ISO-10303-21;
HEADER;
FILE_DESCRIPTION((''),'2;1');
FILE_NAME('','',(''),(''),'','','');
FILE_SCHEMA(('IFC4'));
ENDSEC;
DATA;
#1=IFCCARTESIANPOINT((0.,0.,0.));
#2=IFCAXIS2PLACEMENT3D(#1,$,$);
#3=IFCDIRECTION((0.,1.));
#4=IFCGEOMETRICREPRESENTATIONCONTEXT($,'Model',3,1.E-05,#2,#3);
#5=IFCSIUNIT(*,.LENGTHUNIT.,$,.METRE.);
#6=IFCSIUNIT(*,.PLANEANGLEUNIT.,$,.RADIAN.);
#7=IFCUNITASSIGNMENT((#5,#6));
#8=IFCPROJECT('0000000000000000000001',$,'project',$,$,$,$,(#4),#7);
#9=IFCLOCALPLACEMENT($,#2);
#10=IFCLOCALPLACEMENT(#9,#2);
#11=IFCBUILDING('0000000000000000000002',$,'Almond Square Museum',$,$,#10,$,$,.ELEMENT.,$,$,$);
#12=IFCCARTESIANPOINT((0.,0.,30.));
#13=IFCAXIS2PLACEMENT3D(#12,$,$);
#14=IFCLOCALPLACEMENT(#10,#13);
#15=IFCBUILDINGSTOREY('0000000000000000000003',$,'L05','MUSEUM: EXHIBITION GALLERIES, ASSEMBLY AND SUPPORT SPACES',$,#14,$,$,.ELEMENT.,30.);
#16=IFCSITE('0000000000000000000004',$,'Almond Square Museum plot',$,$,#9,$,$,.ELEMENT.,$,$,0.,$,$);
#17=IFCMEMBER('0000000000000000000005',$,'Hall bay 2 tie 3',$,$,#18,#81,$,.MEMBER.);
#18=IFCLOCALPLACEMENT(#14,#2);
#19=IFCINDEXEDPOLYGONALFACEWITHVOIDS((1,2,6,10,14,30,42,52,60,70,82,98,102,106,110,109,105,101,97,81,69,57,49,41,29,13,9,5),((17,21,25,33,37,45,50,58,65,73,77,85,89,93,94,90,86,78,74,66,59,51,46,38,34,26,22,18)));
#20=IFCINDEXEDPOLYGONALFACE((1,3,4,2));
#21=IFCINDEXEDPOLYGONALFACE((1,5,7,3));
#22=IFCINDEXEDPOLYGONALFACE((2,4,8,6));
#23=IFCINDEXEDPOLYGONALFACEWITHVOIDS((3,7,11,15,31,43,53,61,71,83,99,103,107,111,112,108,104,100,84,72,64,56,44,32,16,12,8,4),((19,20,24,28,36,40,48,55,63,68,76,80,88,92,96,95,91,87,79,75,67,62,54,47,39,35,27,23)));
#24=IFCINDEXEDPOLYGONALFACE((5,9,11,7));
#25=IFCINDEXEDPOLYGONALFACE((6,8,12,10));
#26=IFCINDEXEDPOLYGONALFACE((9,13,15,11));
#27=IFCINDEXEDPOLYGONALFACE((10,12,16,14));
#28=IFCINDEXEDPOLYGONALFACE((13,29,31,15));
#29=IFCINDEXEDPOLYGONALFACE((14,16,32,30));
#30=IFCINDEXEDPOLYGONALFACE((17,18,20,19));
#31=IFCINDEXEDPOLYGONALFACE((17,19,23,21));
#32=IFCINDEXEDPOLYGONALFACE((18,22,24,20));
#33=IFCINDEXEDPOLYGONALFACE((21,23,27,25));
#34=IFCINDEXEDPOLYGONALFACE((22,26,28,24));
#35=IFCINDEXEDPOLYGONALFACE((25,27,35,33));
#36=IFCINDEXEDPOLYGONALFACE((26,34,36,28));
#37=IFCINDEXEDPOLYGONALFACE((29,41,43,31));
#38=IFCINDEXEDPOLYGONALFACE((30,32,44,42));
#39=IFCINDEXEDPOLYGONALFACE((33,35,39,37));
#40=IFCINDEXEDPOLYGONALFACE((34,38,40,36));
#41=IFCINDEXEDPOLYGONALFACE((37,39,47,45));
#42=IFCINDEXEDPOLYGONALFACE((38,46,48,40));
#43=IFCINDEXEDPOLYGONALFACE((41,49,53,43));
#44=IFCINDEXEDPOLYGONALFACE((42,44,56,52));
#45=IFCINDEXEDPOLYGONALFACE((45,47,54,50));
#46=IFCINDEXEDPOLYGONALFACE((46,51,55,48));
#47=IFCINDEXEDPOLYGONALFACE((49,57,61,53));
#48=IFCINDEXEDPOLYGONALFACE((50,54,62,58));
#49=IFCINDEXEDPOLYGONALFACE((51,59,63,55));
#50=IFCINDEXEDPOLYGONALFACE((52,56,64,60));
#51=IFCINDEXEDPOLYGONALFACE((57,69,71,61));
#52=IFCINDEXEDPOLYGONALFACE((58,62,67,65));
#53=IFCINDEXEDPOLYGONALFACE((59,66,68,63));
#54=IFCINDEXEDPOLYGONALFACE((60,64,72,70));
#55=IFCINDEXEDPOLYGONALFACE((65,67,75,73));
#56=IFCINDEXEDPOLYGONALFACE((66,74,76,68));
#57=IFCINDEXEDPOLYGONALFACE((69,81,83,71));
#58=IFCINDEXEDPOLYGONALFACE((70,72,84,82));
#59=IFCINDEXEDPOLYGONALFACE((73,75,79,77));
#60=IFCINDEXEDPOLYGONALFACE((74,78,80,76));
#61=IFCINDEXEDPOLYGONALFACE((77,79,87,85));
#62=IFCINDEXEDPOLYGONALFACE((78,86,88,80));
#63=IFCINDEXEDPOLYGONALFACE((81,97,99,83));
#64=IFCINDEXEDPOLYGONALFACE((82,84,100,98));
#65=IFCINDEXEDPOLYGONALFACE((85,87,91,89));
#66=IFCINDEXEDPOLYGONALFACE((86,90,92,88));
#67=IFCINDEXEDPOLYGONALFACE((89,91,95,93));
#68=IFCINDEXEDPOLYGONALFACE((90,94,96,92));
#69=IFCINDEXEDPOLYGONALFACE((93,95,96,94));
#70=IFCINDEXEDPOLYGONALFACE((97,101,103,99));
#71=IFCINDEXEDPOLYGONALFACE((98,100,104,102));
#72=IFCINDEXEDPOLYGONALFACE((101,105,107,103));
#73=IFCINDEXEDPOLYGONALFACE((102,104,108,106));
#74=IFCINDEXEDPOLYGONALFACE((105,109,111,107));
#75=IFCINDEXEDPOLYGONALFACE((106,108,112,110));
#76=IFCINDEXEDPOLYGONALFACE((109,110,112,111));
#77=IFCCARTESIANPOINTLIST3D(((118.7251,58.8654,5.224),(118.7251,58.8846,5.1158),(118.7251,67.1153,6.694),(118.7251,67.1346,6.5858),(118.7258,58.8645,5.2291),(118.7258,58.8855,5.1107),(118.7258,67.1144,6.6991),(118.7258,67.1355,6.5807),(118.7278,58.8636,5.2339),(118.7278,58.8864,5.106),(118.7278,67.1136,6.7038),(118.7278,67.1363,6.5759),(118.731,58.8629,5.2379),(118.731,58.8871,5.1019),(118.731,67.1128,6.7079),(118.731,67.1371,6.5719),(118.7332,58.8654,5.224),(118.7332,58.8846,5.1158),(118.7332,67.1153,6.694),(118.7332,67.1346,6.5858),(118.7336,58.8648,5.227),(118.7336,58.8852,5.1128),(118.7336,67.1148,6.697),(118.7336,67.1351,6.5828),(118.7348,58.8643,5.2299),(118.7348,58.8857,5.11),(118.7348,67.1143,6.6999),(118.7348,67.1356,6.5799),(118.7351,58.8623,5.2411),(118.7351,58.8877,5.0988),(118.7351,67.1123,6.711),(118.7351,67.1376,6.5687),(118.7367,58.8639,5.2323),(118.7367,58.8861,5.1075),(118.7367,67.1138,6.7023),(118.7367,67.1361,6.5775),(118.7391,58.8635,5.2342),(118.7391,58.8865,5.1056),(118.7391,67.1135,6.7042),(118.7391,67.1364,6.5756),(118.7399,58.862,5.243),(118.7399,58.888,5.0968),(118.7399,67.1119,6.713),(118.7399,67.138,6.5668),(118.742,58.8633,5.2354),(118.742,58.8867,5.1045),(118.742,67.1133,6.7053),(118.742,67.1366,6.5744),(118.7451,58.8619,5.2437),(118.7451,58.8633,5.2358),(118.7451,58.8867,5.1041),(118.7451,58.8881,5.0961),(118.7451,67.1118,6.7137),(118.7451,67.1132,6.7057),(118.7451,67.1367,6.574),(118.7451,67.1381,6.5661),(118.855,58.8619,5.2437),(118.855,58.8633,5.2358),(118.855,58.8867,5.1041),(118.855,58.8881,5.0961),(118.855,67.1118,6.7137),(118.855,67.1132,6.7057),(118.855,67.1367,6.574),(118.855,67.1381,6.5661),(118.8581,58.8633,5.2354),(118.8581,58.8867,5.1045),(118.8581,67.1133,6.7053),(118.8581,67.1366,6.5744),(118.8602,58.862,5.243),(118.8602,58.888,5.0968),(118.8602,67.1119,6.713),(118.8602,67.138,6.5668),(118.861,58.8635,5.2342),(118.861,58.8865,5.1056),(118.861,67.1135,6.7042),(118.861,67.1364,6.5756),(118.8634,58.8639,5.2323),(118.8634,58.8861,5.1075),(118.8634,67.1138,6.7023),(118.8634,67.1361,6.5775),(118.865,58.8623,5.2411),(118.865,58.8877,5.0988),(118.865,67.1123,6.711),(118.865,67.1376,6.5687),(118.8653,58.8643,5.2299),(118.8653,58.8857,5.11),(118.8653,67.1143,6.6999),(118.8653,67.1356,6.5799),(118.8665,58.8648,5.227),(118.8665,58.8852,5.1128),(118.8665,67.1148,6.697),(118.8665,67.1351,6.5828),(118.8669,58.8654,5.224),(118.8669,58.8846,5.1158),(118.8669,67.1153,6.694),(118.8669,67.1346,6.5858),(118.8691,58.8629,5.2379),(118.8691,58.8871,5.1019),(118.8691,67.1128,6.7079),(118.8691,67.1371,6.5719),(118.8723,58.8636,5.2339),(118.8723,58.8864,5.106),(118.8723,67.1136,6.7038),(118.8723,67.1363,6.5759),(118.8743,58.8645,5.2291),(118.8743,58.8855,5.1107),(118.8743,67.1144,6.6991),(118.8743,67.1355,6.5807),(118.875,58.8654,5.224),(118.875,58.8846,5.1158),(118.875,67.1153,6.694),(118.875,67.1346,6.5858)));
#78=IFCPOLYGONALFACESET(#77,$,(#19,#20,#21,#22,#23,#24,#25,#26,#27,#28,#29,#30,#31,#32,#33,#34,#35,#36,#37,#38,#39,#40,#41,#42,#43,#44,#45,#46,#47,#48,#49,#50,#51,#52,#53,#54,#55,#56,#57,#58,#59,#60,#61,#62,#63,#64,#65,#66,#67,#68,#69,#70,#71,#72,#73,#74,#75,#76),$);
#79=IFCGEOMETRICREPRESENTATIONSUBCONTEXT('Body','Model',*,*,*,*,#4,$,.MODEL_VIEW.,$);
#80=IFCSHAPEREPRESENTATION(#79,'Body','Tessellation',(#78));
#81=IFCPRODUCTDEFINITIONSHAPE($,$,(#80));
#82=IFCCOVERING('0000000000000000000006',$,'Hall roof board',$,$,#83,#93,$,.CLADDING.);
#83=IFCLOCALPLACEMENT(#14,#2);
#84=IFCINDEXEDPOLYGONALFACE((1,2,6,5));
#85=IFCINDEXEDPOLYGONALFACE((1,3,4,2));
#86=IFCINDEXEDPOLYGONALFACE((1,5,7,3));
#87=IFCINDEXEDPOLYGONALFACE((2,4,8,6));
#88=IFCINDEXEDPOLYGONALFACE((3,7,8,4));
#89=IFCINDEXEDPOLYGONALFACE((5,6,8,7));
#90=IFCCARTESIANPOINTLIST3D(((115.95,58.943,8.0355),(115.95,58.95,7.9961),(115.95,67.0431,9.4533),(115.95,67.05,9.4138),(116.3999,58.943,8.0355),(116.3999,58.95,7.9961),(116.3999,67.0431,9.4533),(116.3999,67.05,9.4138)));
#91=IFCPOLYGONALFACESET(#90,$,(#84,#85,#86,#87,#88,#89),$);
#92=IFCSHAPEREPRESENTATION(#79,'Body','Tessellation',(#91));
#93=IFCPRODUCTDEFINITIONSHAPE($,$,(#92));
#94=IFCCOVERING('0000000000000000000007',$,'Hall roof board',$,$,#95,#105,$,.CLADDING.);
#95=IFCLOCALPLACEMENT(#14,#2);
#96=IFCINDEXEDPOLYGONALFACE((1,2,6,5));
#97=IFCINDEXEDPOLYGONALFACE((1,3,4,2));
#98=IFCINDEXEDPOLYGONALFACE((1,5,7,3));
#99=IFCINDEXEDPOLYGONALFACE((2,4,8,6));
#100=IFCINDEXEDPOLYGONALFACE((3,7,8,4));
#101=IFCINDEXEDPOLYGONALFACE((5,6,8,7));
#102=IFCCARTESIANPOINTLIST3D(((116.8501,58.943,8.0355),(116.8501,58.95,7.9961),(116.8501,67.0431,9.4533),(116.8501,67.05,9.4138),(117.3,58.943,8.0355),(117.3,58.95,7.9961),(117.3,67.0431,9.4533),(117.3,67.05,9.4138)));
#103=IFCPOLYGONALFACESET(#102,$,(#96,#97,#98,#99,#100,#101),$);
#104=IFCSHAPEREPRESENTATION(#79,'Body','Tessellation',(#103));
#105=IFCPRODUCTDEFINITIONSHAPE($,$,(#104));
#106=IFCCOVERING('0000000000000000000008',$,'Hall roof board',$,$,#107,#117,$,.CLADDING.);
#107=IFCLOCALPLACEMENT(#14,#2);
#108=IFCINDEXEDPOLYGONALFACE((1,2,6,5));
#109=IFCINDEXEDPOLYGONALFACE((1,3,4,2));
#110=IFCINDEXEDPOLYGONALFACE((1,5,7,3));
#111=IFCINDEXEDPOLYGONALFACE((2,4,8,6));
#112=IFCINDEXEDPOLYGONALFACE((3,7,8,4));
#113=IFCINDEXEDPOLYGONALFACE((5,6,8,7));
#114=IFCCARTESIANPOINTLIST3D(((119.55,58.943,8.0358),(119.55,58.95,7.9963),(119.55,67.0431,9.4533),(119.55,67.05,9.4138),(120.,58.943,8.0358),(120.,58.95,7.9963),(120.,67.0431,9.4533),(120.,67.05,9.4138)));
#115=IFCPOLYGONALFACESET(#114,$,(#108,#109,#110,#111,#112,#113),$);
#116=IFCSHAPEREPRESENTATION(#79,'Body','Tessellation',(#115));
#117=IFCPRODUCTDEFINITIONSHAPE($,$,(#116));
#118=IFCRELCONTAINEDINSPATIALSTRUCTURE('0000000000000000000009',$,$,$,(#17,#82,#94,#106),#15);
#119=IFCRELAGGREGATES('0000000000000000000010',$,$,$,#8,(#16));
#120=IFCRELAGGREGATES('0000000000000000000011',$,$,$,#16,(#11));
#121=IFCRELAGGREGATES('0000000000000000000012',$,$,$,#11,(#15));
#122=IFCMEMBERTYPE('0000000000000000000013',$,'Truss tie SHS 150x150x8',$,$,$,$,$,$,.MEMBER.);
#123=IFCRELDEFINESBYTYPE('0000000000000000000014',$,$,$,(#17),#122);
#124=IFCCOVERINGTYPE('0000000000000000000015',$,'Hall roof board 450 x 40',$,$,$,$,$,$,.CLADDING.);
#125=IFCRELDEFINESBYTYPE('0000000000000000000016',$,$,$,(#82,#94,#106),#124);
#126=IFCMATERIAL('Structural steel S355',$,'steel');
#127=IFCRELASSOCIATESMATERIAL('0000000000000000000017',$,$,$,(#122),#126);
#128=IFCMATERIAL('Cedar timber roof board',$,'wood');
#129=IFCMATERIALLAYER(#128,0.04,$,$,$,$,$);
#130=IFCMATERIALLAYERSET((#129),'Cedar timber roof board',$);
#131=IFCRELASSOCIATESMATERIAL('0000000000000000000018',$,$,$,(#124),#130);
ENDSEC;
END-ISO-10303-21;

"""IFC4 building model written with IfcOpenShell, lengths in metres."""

from ifc_helpers import new_model, si_unit, direction, frame, origin, origin_2d, place, context, subcontext, project, spatial, polyline, hollow_rectangle, outline, extrude, material, layer, layer_set, material_profile, profile_set, type_object, element, save


model = new_model("IFC4")

# Units and contexts
model_context = context("Model", 3, precision=1e-05, world=origin(), true_north=direction((0.0, 1.0)))
body_context = subcontext(model_context, "Body", "Model", "MODEL_VIEW")
ifc_project = project(units=[si_unit("LENGTHUNIT", "METRE"), si_unit("PLANEANGLEUNIT", "RADIAN")], contexts=[model_context])

# Site, building, storey
site_placement = place(None, origin())
site = spatial("IfcSite", under=ifc_project, at=site_placement, Name="Almond Square Museum plot", CompositionType="ELEMENT", RefElevation=0.0)
building_placement = place(site_placement, origin())
building = spatial("IfcBuilding", under=site, at=building_placement, Name="Almond Square Museum", CompositionType="ELEMENT")
storey_placement = place(building_placement, frame((0.0, 0.0, 30.0)))
storey = spatial("IfcBuildingStorey", under=building, at=storey_placement, Name="L05", Description="MUSEUM: EXHIBITION GALLERIES, ASSEMBLY AND SUPPORT SPACES", CompositionType="ELEMENT", Elevation=30.0)

# Member
ifc_material_1 = material(Name="Structural steel S355", Category="steel")
ifc_material_profile_1 = material_profile(ifc_material_1, hollow_rectangle(XDim=0.1499, YDim=0.1499, WallThickness=0.0081, InnerFilletRadius=0.012, OuterFilletRadius=0.02, at=origin_2d()))
ifc_profile_set_1 = profile_set([ifc_material_profile_1], Name="Structural steel S355")
member_type_1 = type_object("IfcMemberType", Name="Truss tie SHS 150x150x8", PredefinedType="MEMBER", material=ifc_profile_set_1)
member_1_placement = place(storey_placement, frame((118.8, 58.875, 5.1699), z_axis=(0.0, 0.984494, 0.175416), x_axis=(-1.0, 0.0, 0.0)))
element("IfcMember", 1, at=member_1_placement, inside=storey, type_object=member_type_1, Name="Hall bay 2 tie 3", PredefinedType="MEMBER", context=body_context, shape_type="SweptSolid", body=[
    extrude(hollow_rectangle(XDim=0.1499, YDim=0.1499, WallThickness=0.0081, InnerFilletRadius=0.012, OuterFilletRadius=0.02, at=origin_2d()), origin(), (0.0, 0.0, 1.0), 8.3799),
])

# Coverings
ifc_material_2 = material(Name="Cedar timber roof board", Category="wood")
ifc_layer = layer(ifc_material_2, 0.04)
ifc_layer_set = layer_set([ifc_layer], Name="Cedar timber roof board")
covering_type = type_object("IfcCoveringType", Name="Hall roof board 450 x 40", PredefinedType="CLADDING", material=ifc_layer_set)
for number, where, z_axis, x_axis, name in (
    (2, (116.3999, 67.05, 9.4138), (0.0, -0.172405, 0.985026), (-1.0, 0.0, 0.0), "Hall roof board"),
    (3, (117.3, 67.05, 9.4138), (0.0, -0.172405, 0.985026), (-1.0, 0.0, 0.0), "Hall roof board"),
):
    element("IfcCovering", number, at=place(storey_placement, frame(where, z_axis=z_axis, x_axis=x_axis)), inside=storey, type_object=covering_type, Name=name, PredefinedType="CLADDING", context=body_context, shape_type="SweptSolid", body=[
        extrude(outline(polyline([(0.0, 0.0), (0.45, 0.0), (0.45, 8.2232), (0.0, 8.2232), (0.0, 0.0)])), origin(), (0.0, 0.0, 1.0), 0.04),
    ])
covering_placement = place(storey_placement, frame((120.0, 67.05, 9.4138), z_axis=(0.0, -0.172376, 0.985031), x_axis=(-1.0, 0.0, 0.0)))
element("IfcCovering", 4, at=covering_placement, inside=storey, type_object=covering_type, Name="Hall roof board", PredefinedType="CLADDING", context=body_context, shape_type="SweptSolid", body=[
    extrude(outline(polyline([(0.0, 0.0), (0.45, 0.0), (0.45, 8.2232), (0.0, 8.2232), (0.0, 0.0)])), origin(), (0.0, 0.0, 1.0), 0.04),
])

save(model, "model.ifc")
